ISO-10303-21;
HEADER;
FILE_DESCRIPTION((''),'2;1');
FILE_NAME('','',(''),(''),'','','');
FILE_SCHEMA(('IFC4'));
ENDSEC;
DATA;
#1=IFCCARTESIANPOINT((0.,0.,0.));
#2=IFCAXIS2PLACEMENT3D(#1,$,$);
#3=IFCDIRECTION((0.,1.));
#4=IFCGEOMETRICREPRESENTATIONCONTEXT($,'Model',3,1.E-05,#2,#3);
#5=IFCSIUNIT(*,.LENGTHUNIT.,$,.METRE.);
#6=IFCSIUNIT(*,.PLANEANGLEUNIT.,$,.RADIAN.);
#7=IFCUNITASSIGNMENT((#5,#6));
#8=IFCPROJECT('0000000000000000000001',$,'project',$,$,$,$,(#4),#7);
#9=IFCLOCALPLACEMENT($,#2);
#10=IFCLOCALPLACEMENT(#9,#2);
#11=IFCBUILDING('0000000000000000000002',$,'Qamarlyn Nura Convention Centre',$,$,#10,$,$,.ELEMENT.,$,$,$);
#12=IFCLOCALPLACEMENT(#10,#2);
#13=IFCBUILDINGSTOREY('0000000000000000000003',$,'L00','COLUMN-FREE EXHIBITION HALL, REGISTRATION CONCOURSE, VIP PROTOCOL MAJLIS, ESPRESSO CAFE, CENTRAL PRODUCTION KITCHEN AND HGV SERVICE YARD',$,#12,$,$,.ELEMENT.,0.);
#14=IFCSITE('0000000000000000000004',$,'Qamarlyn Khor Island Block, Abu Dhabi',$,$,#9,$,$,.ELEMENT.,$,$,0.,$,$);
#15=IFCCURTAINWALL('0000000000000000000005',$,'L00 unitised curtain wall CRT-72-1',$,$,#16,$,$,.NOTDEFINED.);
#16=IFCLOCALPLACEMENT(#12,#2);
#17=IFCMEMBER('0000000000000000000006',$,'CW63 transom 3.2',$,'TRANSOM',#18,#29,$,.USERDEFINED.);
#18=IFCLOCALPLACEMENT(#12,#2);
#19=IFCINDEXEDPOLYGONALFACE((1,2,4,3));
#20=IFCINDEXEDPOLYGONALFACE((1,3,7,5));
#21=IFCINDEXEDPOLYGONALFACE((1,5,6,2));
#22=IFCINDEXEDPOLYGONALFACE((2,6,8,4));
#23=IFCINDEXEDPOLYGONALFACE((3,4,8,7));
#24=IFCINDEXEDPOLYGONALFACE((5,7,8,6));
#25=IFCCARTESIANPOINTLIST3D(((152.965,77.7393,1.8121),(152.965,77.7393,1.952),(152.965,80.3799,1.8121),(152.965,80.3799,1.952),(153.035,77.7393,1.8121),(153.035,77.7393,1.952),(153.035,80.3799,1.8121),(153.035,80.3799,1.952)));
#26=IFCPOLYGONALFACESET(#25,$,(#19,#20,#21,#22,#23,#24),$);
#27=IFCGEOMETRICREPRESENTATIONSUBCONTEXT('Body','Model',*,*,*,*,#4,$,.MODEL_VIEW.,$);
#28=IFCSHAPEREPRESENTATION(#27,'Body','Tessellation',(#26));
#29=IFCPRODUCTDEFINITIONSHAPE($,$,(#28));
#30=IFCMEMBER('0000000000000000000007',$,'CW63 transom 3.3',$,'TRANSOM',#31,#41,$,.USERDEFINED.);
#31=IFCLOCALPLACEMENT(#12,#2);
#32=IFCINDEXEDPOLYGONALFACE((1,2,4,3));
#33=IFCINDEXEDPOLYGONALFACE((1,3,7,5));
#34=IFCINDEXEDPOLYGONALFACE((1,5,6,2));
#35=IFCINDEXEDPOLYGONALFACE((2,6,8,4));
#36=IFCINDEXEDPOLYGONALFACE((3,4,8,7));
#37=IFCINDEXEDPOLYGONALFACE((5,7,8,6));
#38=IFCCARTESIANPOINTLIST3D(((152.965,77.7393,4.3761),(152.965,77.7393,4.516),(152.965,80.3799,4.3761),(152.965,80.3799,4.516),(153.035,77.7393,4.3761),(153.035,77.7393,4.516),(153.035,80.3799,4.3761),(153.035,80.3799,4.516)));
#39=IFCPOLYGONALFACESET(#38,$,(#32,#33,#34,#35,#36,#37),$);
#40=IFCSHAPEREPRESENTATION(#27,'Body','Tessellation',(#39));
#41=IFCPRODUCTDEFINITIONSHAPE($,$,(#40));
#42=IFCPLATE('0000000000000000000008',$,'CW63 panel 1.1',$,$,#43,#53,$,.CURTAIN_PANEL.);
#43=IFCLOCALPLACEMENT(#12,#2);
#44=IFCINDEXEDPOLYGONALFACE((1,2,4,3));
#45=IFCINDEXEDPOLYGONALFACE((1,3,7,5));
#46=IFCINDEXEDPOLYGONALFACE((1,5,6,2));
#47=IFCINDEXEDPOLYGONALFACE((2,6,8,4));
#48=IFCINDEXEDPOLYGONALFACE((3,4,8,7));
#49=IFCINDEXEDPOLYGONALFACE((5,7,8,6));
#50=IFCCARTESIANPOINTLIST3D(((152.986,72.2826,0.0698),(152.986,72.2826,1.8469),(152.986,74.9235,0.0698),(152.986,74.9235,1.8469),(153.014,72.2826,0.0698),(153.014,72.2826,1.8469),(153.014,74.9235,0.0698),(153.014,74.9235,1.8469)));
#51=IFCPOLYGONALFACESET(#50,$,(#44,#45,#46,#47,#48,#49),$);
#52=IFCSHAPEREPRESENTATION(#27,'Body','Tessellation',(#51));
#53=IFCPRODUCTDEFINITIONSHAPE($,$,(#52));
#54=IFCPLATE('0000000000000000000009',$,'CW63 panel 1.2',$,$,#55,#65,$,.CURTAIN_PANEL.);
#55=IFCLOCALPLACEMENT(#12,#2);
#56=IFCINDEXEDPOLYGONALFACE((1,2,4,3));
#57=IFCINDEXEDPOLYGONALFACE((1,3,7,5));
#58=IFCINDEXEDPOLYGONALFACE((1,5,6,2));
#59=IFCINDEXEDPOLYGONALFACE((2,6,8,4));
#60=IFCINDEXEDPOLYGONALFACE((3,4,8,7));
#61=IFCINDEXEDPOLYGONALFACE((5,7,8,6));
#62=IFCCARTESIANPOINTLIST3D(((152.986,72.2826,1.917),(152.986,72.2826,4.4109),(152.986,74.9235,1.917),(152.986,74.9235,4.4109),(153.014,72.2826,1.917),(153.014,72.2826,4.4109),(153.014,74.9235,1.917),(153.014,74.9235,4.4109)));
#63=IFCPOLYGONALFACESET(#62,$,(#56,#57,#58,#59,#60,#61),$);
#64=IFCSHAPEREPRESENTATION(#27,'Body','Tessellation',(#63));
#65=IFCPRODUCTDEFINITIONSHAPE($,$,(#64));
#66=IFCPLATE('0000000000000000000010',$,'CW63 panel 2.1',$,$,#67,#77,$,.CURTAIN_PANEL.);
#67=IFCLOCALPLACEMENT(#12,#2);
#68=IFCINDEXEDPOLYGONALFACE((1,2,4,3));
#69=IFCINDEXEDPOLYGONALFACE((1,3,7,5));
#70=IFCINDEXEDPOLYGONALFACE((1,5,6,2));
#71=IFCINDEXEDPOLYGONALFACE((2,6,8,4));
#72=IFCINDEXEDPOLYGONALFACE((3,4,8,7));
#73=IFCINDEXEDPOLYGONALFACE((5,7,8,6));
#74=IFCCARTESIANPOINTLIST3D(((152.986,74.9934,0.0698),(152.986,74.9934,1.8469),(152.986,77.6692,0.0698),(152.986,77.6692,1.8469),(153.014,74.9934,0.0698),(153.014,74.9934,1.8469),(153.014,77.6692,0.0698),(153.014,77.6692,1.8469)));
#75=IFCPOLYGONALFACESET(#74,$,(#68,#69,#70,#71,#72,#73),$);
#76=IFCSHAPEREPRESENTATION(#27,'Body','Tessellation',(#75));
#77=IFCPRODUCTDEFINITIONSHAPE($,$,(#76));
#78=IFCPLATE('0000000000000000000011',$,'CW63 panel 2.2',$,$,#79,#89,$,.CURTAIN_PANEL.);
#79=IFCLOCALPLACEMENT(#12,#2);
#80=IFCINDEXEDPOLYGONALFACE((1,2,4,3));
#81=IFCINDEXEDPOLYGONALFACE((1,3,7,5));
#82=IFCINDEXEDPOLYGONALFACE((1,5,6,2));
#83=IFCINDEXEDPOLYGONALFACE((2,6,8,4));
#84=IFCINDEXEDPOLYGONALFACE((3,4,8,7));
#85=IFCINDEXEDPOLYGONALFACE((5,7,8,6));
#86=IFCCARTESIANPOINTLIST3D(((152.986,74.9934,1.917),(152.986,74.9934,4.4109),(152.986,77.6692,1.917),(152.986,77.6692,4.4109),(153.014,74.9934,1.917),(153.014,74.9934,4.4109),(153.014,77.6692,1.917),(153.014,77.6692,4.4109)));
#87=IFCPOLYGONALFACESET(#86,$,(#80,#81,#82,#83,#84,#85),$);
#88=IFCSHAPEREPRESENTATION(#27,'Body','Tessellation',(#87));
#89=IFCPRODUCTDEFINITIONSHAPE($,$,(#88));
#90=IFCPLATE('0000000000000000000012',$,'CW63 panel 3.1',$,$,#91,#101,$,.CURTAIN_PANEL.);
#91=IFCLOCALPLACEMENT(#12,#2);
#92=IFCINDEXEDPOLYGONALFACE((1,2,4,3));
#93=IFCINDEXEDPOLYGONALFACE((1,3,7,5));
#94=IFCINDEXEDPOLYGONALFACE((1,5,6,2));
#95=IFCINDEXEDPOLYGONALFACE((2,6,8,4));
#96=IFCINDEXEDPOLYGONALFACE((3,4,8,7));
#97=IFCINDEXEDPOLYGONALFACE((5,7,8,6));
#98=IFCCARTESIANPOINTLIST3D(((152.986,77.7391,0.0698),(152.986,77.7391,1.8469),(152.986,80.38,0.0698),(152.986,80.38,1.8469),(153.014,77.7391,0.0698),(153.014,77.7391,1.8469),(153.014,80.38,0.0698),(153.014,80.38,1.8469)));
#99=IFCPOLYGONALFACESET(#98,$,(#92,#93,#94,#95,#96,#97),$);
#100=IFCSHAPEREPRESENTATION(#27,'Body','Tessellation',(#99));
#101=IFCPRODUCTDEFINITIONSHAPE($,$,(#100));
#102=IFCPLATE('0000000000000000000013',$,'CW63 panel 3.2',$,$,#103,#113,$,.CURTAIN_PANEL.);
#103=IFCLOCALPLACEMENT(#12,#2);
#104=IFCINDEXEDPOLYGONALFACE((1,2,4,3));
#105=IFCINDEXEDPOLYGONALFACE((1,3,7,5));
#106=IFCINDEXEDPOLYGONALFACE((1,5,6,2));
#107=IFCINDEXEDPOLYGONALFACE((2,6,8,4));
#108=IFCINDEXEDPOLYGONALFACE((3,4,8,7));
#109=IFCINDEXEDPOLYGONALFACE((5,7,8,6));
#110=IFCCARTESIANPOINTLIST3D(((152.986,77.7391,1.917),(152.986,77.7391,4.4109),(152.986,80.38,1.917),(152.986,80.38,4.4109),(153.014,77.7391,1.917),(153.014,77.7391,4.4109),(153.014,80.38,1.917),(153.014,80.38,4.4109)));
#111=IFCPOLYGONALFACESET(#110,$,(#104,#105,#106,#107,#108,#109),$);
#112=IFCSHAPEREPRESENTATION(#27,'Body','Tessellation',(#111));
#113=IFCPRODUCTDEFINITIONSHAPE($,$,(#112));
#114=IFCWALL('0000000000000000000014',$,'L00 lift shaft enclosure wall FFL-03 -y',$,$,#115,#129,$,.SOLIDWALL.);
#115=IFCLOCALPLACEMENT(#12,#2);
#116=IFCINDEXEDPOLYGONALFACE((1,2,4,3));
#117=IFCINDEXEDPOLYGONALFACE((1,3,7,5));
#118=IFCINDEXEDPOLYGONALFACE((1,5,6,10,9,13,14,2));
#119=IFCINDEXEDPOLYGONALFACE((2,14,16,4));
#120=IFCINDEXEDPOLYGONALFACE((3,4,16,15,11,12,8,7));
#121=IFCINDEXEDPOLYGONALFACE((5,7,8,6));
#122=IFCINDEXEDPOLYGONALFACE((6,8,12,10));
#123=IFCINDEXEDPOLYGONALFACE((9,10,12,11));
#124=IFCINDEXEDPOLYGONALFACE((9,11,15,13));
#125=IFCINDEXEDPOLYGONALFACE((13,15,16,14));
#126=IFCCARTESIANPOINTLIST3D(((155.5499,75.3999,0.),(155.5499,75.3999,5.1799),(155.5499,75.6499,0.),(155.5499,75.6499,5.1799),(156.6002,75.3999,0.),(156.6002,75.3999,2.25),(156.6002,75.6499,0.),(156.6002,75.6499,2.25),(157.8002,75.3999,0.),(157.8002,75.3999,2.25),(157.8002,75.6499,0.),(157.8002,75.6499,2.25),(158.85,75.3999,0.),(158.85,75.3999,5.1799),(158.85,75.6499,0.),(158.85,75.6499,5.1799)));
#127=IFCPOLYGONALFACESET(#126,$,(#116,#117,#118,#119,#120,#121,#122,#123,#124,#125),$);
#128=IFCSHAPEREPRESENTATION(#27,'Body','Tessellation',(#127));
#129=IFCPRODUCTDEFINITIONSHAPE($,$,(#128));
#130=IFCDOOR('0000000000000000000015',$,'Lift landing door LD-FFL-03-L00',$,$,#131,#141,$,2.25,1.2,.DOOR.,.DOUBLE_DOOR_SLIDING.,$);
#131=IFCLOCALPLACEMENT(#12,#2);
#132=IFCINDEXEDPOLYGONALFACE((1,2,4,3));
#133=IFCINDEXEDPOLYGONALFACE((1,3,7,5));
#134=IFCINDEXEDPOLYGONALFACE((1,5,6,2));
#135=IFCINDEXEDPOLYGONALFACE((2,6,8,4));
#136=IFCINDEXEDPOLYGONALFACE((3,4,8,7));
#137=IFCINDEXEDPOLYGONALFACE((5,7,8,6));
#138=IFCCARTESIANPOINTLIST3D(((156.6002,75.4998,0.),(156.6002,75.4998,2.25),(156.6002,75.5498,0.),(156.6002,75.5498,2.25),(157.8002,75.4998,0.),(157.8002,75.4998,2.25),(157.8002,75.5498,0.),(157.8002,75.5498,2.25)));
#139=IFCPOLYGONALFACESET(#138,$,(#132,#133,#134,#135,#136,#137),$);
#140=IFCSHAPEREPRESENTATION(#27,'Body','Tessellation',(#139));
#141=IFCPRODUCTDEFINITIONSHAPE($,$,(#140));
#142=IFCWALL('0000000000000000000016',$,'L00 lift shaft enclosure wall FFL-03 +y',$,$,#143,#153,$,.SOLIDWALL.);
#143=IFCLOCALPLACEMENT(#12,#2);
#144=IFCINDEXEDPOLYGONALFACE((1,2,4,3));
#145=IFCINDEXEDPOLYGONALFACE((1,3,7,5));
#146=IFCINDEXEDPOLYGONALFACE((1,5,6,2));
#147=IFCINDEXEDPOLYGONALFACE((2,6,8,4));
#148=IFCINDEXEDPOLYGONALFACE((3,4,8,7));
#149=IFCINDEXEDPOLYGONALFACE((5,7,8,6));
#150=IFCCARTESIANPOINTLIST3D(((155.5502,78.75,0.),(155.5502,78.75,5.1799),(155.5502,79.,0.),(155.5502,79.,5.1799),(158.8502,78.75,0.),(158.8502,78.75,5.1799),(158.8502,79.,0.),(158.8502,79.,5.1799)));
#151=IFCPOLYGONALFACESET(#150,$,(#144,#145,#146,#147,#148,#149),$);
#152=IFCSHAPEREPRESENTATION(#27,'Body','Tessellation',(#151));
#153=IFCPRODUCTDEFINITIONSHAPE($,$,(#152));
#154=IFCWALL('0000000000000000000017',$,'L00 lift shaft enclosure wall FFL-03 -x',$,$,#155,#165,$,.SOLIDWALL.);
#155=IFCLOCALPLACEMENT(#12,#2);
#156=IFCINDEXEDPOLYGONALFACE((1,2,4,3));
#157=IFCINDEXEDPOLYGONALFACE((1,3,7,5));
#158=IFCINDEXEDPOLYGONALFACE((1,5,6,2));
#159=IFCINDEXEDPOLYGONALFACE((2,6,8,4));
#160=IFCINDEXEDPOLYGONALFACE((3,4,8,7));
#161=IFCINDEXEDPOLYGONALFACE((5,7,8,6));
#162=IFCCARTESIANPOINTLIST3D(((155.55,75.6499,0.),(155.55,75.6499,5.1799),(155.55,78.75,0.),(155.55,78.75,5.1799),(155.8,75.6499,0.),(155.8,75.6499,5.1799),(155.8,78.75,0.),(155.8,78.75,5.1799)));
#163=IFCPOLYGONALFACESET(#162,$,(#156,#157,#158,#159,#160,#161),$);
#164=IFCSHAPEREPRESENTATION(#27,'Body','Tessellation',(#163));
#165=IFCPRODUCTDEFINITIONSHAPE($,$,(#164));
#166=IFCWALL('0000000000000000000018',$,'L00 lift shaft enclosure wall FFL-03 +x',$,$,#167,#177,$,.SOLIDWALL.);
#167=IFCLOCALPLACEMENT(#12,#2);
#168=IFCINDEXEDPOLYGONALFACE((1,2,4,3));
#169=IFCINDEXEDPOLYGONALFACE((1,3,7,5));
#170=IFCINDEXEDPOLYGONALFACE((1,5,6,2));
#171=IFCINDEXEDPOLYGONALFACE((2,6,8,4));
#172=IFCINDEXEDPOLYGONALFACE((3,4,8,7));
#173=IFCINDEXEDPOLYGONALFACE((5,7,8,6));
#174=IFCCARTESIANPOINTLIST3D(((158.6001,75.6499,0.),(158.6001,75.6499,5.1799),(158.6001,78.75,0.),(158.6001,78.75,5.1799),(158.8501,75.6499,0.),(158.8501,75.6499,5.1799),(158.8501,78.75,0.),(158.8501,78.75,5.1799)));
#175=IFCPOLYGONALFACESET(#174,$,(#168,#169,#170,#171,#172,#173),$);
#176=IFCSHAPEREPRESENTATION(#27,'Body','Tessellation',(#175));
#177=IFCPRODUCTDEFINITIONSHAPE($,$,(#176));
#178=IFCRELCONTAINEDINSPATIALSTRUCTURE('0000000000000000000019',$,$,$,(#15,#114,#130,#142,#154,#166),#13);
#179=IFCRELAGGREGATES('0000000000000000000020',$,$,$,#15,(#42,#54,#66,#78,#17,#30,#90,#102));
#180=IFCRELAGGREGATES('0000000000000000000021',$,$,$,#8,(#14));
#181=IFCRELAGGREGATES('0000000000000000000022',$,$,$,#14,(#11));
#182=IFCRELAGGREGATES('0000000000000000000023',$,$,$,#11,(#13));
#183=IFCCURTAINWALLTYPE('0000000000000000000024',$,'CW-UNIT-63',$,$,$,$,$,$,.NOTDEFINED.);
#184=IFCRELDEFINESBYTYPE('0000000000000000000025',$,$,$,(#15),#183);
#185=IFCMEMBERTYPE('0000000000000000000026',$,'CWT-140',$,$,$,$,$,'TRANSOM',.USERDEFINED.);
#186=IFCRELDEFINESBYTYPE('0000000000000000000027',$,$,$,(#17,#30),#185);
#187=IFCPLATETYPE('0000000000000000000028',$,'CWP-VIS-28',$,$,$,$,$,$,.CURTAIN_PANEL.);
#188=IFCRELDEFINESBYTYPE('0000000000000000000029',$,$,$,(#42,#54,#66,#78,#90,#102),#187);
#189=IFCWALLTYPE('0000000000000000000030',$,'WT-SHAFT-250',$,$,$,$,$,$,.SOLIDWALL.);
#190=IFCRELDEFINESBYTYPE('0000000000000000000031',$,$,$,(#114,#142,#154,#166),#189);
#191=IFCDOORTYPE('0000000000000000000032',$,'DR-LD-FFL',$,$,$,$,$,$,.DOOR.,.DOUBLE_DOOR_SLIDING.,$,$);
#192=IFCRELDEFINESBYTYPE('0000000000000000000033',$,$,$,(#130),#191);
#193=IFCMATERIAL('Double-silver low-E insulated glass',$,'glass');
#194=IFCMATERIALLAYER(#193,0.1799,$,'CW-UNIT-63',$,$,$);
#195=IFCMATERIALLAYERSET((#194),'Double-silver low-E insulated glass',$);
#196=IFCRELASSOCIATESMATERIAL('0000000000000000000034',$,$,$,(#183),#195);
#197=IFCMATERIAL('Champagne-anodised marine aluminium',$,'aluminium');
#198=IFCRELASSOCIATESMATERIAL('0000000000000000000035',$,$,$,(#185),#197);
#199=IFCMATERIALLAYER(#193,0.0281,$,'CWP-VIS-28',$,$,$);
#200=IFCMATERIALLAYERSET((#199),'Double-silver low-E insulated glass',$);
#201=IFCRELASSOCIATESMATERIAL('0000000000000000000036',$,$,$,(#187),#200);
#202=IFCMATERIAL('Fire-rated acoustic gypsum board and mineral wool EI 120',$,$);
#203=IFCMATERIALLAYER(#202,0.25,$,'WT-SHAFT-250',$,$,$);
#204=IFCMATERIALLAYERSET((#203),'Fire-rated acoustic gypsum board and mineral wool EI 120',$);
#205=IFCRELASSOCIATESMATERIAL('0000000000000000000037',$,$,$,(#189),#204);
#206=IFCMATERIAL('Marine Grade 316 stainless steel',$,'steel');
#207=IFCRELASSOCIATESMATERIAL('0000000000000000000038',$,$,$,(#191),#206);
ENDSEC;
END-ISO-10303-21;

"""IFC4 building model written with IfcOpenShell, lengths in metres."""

from ifc_helpers import new_model, si_unit, direction, frame, frame_2d, origin, origin_2d, place, context, subcontext, project, spatial, rectangle, extrude, material, layer, layer_set, material_profile, profile_set, type_object, element, fill, aggregate, save


model = new_model("IFC4")

# Units and contexts
model_context = context("Model", 3, precision=1e-05, world=origin(), true_north=direction((0.0, 1.0)))
body_context = subcontext(model_context, "Body", "Model", "MODEL_VIEW")
ifc_project = project(units=[si_unit("LENGTHUNIT", "METRE"), si_unit("PLANEANGLEUNIT", "RADIAN")], contexts=[model_context])

# Site, building, storey
site_placement = place(None, origin())
site = spatial("IfcSite", under=ifc_project, at=site_placement, Name="Qamarlyn Khor Island Block, Abu Dhabi", CompositionType="ELEMENT", RefElevation=0.0)
building_placement = place(site_placement, origin())
building = spatial("IfcBuilding", under=site, at=building_placement, Name="Qamarlyn Nura Convention Centre", CompositionType="ELEMENT")
storey_placement = place(building_placement, origin())
storey = spatial("IfcBuildingStorey", under=building, at=storey_placement, Name="L00", Description="COLUMN-FREE EXHIBITION HALL, REGISTRATION CONCOURSE, VIP PROTOCOL MAJLIS, ESPRESSO CAFE, CENTRAL PRODUCTION KITCHEN AND HGV SERVICE YARD", CompositionType="ELEMENT", Elevation=0.0)

# Curtain wall, members, plates
ifc_material_1 = material(Name="Double-silver low-E insulated glass", Category="glass")
ifc_layer_1 = layer(ifc_material_1, 0.1799, Name="CW-UNIT-63")
ifc_layer_set_1 = layer_set([ifc_layer_1], Name="Double-silver low-E insulated glass")
curtain_wall_type = type_object("IfcCurtainWallType", Name="CW-UNIT-63", PredefinedType="NOTDEFINED", material=ifc_layer_set_1)
curtain_wall_placement = place(storey_placement, origin())
curtain_wall = element("IfcCurtainWall", 1, at=curtain_wall_placement, inside=storey, type_object=curtain_wall_type, Name="L00 unitised curtain wall CRT-72-1", PredefinedType="NOTDEFINED")
ifc_material_2 = material(Name="Champagne-anodised marine aluminium", Category="aluminium")
ifc_material_profile_1 = material_profile(ifc_material_2, rectangle(XDim=0.0701, YDim=0.1399, at=origin_2d()), Name="ALU TRANSOM 70x140")
ifc_profile_set_1 = profile_set([ifc_material_profile_1], Name="Champagne-anodised marine aluminium")
member_type_1 = type_object("IfcMemberType", Name="CWT-140", ElementType="TRANSOM", PredefinedType="USERDEFINED", material=ifc_profile_set_1)
member_1_placement = place(storey_placement, frame((153.0, 77.7393, 1.8821), z_axis=(0.0, 1.0, 0.0), x_axis=(-1.0, 0.0, 0.0)))
member_1 = element("IfcMember", 2, at=member_1_placement, type_object=member_type_1, Name="CW63 transom 3.2", ObjectType="TRANSOM", PredefinedType="USERDEFINED", context=body_context, shape_type="SweptSolid", body=[
    extrude(rectangle(XDim=0.0701, YDim=0.1399, at=origin_2d()), origin(), (0.0, 0.0, 1.0), 2.6406),
])
member_2_placement = place(storey_placement, frame((153.0, 77.7393, 4.446), z_axis=(0.0, 1.0, 0.0), x_axis=(-1.0, 0.0, 0.0)))
member_2 = element("IfcMember", 3, at=member_2_placement, type_object=member_type_1, Name="CW63 transom 3.3", ObjectType="TRANSOM", PredefinedType="USERDEFINED", context=body_context, shape_type="SweptSolid", body=[
    extrude(rectangle(XDim=0.0701, YDim=0.1399, at=origin_2d()), origin(), (0.0, 0.0, 1.0), 2.6406),
])
ifc_layer_2 = layer(ifc_material_1, 0.0281, Name="CWP-VIS-28")
ifc_layer_set_2 = layer_set([ifc_layer_2], Name="Double-silver low-E insulated glass")
plate_type = type_object("IfcPlateType", Name="CWP-VIS-28", PredefinedType="CURTAIN_PANEL", material=ifc_layer_set_2)
plate_1_placement = place(storey_placement, frame((153.0, 73.603, 0.0698), z_axis=(0.0, 0.0, 1.0), x_axis=(0.0, 1.0, 0.0)))
plate_1 = element("IfcPlate", 4, at=plate_1_placement, type_object=plate_type, Name="CW63 panel 1.1", PredefinedType="CURTAIN_PANEL", context=body_context, shape_type="SweptSolid", body=[
    extrude(rectangle(XDim=2.6409, YDim=0.0281, at=origin_2d()), origin(), (0.0, 0.0, 1.0), 1.7771),
])
plate_2_placement = place(storey_placement, frame((153.0, 73.603, 1.917), z_axis=(0.0, 0.0, 1.0), x_axis=(0.0, 1.0, 0.0)))
plate_2 = element("IfcPlate", 5, at=plate_2_placement, type_object=plate_type, Name="CW63 panel 1.2", PredefinedType="CURTAIN_PANEL", context=body_context, shape_type="SweptSolid", body=[
    extrude(rectangle(XDim=2.6409, YDim=0.0281, at=origin_2d()), origin(), (0.0, 0.0, 1.0), 2.4939),
])
plate_3_placement = place(storey_placement, frame((153.0, 76.3313, 0.0698), z_axis=(0.0, 0.0, 1.0), x_axis=(0.0, 1.0, 0.0)))
plate_3 = element("IfcPlate", 6, at=plate_3_placement, type_object=plate_type, Name="CW63 panel 2.1", PredefinedType="CURTAIN_PANEL", context=body_context, shape_type="SweptSolid", body=[
    extrude(rectangle(XDim=2.6758, YDim=0.0281, at=origin_2d()), origin(), (0.0, 0.0, 1.0), 1.7771),
])
plate_4_placement = place(storey_placement, frame((153.0, 76.3313, 1.917), z_axis=(0.0, 0.0, 1.0), x_axis=(0.0, 1.0, 0.0)))
plate_4 = element("IfcPlate", 7, at=plate_4_placement, type_object=plate_type, Name="CW63 panel 2.2", PredefinedType="CURTAIN_PANEL", context=body_context, shape_type="SweptSolid", body=[
    extrude(rectangle(XDim=2.6758, YDim=0.0281, at=origin_2d()), origin(), (0.0, 0.0, 1.0), 2.4939),
])
plate_5_placement = place(storey_placement, frame((153.0, 79.0596, 0.0698), z_axis=(0.0, 0.0, 1.0), x_axis=(0.0, 1.0, 0.0)))
plate_5 = element("IfcPlate", 8, at=plate_5_placement, type_object=plate_type, Name="CW63 panel 3.1", PredefinedType="CURTAIN_PANEL", context=body_context, shape_type="SweptSolid", body=[
    extrude(rectangle(XDim=2.6409, YDim=0.0281, at=origin_2d()), origin(), (0.0, 0.0, 1.0), 1.7771),
])
plate_6_placement = place(storey_placement, frame((153.0, 79.0596, 1.917), z_axis=(0.0, 0.0, 1.0), x_axis=(0.0, 1.0, 0.0)))
plate_6 = element("IfcPlate", 9, at=plate_6_placement, type_object=plate_type, Name="CW63 panel 3.2", PredefinedType="CURTAIN_PANEL", context=body_context, shape_type="SweptSolid", body=[
    extrude(rectangle(XDim=2.6409, YDim=0.0281, at=origin_2d()), origin(), (0.0, 0.0, 1.0), 2.4939),
])
aggregate(curtain_wall, [plate_1, plate_2, plate_3, plate_4, member_1, member_2, plate_5, plate_6])

# Wall, opening, door
ifc_material_3 = material(Name="Fire-rated acoustic gypsum board and mineral wool EI 120")
ifc_layer_3 = layer(ifc_material_3, 0.25, Name="WT-SHAFT-250")
ifc_layer_set_3 = layer_set([ifc_layer_3], Name="Fire-rated acoustic gypsum board and mineral wool EI 120")
wall_type = type_object("IfcWallType", Name="WT-SHAFT-250", PredefinedType="SOLIDWALL", material=ifc_layer_set_3)
wall_1_placement = place(storey_placement, frame((155.55, 75.5249, 0.0), z_axis=(0.0, 0.0, 1.0), x_axis=(1.0, 0.0, 0.0)))
wall_1 = element("IfcWall", 10, at=wall_1_placement, inside=storey, type_object=wall_type, Name="L00 lift shaft enclosure wall FFL-03 -y", PredefinedType="SOLIDWALL", context=body_context, shape_type="SweptSolid", body=[
    extrude(rectangle(XDim=3.3, YDim=0.25, at=frame_2d((1.6499, 0.0))), origin(), (0.0, 0.0, 1.0), 5.1799),
])
opening_placement = place(wall_1_placement, frame((1.05, 0.0, 0.0)))
opening = element("IfcOpeningElement", 11, at=opening_placement, cuts=wall_1, PredefinedType="OPENING", context=body_context, shape_type="SweptSolid", body=[
    extrude(rectangle(XDim=1.2, YDim=2.25, at=frame_2d((0.6001, 1.125))), frame((0.0, 0.135, 0.0), z_axis=(0.0, -1.0, 0.0), x_axis=(1.0, 0.0, 0.0)), (0.0, 0.0, 1.0), 0.27),
])
ifc_material_4 = material(Name="Marine Grade 316 stainless steel", Category="steel")
door_type = type_object("IfcDoorType", Name="DR-LD-FFL", OperationType="DOUBLE_DOOR_SLIDING", PredefinedType="DOOR", material=ifc_material_4)
door_placement = place(opening_placement, origin())
door = element("IfcDoor", 12, at=door_placement, inside=storey, type_object=door_type, Name="Lift landing door LD-FFL-03-L00", OperationType="DOUBLE_DOOR_SLIDING", OverallHeight=2.25, OverallWidth=1.2, PredefinedType="DOOR", context=body_context, shape_type="SweptSolid", body=[
    extrude(rectangle(XDim=1.2, YDim=2.25, at=frame_2d((0.6001, 1.125))), frame((0.0, 0.0249, 0.0), z_axis=(0.0, -1.0, 0.0), x_axis=(1.0, 0.0, 0.0)), (0.0, 0.0, 1.0), 0.05),
])
fill(opening, door)

# Walls
wall_2_placement = place(storey_placement, frame((158.8501, 78.875, 0.0), z_axis=(0.0, 0.0, 1.0), x_axis=(-1.0, 0.0, 0.0)))
element("IfcWall", 13, at=wall_2_placement, inside=storey, type_object=wall_type, Name="L00 lift shaft enclosure wall FFL-03 +y", PredefinedType="SOLIDWALL", context=body_context, shape_type="SweptSolid", body=[
    extrude(rectangle(XDim=3.3, YDim=0.25, at=frame_2d((1.6499, 0.0))), origin(), (0.0, 0.0, 1.0), 5.1799),
])
for number, where, z_axis, x_axis, name in (
    (14, (155.675, 78.75, 0.0), (0.0, 0.0, 1.0), (0.0, -1.0, 0.0), "L00 lift shaft enclosure wall FFL-03 -x"),
    (15, (158.7251, 75.6499, 0.0), (0.0, 0.0, 1.0), (0.0, 1.0, 0.0), "L00 lift shaft enclosure wall FFL-03 +x"),
):
    element("IfcWall", number, at=place(storey_placement, frame(where, z_axis=z_axis, x_axis=x_axis)), inside=storey, type_object=wall_type, Name=name, PredefinedType="SOLIDWALL", context=body_context, shape_type="SweptSolid", body=[
        extrude(rectangle(XDim=3.1001, YDim=0.25, at=frame_2d((1.55, 0.0))), origin(), (0.0, 0.0, 1.0), 5.1799),
    ])

save(model, "model.ifc")
